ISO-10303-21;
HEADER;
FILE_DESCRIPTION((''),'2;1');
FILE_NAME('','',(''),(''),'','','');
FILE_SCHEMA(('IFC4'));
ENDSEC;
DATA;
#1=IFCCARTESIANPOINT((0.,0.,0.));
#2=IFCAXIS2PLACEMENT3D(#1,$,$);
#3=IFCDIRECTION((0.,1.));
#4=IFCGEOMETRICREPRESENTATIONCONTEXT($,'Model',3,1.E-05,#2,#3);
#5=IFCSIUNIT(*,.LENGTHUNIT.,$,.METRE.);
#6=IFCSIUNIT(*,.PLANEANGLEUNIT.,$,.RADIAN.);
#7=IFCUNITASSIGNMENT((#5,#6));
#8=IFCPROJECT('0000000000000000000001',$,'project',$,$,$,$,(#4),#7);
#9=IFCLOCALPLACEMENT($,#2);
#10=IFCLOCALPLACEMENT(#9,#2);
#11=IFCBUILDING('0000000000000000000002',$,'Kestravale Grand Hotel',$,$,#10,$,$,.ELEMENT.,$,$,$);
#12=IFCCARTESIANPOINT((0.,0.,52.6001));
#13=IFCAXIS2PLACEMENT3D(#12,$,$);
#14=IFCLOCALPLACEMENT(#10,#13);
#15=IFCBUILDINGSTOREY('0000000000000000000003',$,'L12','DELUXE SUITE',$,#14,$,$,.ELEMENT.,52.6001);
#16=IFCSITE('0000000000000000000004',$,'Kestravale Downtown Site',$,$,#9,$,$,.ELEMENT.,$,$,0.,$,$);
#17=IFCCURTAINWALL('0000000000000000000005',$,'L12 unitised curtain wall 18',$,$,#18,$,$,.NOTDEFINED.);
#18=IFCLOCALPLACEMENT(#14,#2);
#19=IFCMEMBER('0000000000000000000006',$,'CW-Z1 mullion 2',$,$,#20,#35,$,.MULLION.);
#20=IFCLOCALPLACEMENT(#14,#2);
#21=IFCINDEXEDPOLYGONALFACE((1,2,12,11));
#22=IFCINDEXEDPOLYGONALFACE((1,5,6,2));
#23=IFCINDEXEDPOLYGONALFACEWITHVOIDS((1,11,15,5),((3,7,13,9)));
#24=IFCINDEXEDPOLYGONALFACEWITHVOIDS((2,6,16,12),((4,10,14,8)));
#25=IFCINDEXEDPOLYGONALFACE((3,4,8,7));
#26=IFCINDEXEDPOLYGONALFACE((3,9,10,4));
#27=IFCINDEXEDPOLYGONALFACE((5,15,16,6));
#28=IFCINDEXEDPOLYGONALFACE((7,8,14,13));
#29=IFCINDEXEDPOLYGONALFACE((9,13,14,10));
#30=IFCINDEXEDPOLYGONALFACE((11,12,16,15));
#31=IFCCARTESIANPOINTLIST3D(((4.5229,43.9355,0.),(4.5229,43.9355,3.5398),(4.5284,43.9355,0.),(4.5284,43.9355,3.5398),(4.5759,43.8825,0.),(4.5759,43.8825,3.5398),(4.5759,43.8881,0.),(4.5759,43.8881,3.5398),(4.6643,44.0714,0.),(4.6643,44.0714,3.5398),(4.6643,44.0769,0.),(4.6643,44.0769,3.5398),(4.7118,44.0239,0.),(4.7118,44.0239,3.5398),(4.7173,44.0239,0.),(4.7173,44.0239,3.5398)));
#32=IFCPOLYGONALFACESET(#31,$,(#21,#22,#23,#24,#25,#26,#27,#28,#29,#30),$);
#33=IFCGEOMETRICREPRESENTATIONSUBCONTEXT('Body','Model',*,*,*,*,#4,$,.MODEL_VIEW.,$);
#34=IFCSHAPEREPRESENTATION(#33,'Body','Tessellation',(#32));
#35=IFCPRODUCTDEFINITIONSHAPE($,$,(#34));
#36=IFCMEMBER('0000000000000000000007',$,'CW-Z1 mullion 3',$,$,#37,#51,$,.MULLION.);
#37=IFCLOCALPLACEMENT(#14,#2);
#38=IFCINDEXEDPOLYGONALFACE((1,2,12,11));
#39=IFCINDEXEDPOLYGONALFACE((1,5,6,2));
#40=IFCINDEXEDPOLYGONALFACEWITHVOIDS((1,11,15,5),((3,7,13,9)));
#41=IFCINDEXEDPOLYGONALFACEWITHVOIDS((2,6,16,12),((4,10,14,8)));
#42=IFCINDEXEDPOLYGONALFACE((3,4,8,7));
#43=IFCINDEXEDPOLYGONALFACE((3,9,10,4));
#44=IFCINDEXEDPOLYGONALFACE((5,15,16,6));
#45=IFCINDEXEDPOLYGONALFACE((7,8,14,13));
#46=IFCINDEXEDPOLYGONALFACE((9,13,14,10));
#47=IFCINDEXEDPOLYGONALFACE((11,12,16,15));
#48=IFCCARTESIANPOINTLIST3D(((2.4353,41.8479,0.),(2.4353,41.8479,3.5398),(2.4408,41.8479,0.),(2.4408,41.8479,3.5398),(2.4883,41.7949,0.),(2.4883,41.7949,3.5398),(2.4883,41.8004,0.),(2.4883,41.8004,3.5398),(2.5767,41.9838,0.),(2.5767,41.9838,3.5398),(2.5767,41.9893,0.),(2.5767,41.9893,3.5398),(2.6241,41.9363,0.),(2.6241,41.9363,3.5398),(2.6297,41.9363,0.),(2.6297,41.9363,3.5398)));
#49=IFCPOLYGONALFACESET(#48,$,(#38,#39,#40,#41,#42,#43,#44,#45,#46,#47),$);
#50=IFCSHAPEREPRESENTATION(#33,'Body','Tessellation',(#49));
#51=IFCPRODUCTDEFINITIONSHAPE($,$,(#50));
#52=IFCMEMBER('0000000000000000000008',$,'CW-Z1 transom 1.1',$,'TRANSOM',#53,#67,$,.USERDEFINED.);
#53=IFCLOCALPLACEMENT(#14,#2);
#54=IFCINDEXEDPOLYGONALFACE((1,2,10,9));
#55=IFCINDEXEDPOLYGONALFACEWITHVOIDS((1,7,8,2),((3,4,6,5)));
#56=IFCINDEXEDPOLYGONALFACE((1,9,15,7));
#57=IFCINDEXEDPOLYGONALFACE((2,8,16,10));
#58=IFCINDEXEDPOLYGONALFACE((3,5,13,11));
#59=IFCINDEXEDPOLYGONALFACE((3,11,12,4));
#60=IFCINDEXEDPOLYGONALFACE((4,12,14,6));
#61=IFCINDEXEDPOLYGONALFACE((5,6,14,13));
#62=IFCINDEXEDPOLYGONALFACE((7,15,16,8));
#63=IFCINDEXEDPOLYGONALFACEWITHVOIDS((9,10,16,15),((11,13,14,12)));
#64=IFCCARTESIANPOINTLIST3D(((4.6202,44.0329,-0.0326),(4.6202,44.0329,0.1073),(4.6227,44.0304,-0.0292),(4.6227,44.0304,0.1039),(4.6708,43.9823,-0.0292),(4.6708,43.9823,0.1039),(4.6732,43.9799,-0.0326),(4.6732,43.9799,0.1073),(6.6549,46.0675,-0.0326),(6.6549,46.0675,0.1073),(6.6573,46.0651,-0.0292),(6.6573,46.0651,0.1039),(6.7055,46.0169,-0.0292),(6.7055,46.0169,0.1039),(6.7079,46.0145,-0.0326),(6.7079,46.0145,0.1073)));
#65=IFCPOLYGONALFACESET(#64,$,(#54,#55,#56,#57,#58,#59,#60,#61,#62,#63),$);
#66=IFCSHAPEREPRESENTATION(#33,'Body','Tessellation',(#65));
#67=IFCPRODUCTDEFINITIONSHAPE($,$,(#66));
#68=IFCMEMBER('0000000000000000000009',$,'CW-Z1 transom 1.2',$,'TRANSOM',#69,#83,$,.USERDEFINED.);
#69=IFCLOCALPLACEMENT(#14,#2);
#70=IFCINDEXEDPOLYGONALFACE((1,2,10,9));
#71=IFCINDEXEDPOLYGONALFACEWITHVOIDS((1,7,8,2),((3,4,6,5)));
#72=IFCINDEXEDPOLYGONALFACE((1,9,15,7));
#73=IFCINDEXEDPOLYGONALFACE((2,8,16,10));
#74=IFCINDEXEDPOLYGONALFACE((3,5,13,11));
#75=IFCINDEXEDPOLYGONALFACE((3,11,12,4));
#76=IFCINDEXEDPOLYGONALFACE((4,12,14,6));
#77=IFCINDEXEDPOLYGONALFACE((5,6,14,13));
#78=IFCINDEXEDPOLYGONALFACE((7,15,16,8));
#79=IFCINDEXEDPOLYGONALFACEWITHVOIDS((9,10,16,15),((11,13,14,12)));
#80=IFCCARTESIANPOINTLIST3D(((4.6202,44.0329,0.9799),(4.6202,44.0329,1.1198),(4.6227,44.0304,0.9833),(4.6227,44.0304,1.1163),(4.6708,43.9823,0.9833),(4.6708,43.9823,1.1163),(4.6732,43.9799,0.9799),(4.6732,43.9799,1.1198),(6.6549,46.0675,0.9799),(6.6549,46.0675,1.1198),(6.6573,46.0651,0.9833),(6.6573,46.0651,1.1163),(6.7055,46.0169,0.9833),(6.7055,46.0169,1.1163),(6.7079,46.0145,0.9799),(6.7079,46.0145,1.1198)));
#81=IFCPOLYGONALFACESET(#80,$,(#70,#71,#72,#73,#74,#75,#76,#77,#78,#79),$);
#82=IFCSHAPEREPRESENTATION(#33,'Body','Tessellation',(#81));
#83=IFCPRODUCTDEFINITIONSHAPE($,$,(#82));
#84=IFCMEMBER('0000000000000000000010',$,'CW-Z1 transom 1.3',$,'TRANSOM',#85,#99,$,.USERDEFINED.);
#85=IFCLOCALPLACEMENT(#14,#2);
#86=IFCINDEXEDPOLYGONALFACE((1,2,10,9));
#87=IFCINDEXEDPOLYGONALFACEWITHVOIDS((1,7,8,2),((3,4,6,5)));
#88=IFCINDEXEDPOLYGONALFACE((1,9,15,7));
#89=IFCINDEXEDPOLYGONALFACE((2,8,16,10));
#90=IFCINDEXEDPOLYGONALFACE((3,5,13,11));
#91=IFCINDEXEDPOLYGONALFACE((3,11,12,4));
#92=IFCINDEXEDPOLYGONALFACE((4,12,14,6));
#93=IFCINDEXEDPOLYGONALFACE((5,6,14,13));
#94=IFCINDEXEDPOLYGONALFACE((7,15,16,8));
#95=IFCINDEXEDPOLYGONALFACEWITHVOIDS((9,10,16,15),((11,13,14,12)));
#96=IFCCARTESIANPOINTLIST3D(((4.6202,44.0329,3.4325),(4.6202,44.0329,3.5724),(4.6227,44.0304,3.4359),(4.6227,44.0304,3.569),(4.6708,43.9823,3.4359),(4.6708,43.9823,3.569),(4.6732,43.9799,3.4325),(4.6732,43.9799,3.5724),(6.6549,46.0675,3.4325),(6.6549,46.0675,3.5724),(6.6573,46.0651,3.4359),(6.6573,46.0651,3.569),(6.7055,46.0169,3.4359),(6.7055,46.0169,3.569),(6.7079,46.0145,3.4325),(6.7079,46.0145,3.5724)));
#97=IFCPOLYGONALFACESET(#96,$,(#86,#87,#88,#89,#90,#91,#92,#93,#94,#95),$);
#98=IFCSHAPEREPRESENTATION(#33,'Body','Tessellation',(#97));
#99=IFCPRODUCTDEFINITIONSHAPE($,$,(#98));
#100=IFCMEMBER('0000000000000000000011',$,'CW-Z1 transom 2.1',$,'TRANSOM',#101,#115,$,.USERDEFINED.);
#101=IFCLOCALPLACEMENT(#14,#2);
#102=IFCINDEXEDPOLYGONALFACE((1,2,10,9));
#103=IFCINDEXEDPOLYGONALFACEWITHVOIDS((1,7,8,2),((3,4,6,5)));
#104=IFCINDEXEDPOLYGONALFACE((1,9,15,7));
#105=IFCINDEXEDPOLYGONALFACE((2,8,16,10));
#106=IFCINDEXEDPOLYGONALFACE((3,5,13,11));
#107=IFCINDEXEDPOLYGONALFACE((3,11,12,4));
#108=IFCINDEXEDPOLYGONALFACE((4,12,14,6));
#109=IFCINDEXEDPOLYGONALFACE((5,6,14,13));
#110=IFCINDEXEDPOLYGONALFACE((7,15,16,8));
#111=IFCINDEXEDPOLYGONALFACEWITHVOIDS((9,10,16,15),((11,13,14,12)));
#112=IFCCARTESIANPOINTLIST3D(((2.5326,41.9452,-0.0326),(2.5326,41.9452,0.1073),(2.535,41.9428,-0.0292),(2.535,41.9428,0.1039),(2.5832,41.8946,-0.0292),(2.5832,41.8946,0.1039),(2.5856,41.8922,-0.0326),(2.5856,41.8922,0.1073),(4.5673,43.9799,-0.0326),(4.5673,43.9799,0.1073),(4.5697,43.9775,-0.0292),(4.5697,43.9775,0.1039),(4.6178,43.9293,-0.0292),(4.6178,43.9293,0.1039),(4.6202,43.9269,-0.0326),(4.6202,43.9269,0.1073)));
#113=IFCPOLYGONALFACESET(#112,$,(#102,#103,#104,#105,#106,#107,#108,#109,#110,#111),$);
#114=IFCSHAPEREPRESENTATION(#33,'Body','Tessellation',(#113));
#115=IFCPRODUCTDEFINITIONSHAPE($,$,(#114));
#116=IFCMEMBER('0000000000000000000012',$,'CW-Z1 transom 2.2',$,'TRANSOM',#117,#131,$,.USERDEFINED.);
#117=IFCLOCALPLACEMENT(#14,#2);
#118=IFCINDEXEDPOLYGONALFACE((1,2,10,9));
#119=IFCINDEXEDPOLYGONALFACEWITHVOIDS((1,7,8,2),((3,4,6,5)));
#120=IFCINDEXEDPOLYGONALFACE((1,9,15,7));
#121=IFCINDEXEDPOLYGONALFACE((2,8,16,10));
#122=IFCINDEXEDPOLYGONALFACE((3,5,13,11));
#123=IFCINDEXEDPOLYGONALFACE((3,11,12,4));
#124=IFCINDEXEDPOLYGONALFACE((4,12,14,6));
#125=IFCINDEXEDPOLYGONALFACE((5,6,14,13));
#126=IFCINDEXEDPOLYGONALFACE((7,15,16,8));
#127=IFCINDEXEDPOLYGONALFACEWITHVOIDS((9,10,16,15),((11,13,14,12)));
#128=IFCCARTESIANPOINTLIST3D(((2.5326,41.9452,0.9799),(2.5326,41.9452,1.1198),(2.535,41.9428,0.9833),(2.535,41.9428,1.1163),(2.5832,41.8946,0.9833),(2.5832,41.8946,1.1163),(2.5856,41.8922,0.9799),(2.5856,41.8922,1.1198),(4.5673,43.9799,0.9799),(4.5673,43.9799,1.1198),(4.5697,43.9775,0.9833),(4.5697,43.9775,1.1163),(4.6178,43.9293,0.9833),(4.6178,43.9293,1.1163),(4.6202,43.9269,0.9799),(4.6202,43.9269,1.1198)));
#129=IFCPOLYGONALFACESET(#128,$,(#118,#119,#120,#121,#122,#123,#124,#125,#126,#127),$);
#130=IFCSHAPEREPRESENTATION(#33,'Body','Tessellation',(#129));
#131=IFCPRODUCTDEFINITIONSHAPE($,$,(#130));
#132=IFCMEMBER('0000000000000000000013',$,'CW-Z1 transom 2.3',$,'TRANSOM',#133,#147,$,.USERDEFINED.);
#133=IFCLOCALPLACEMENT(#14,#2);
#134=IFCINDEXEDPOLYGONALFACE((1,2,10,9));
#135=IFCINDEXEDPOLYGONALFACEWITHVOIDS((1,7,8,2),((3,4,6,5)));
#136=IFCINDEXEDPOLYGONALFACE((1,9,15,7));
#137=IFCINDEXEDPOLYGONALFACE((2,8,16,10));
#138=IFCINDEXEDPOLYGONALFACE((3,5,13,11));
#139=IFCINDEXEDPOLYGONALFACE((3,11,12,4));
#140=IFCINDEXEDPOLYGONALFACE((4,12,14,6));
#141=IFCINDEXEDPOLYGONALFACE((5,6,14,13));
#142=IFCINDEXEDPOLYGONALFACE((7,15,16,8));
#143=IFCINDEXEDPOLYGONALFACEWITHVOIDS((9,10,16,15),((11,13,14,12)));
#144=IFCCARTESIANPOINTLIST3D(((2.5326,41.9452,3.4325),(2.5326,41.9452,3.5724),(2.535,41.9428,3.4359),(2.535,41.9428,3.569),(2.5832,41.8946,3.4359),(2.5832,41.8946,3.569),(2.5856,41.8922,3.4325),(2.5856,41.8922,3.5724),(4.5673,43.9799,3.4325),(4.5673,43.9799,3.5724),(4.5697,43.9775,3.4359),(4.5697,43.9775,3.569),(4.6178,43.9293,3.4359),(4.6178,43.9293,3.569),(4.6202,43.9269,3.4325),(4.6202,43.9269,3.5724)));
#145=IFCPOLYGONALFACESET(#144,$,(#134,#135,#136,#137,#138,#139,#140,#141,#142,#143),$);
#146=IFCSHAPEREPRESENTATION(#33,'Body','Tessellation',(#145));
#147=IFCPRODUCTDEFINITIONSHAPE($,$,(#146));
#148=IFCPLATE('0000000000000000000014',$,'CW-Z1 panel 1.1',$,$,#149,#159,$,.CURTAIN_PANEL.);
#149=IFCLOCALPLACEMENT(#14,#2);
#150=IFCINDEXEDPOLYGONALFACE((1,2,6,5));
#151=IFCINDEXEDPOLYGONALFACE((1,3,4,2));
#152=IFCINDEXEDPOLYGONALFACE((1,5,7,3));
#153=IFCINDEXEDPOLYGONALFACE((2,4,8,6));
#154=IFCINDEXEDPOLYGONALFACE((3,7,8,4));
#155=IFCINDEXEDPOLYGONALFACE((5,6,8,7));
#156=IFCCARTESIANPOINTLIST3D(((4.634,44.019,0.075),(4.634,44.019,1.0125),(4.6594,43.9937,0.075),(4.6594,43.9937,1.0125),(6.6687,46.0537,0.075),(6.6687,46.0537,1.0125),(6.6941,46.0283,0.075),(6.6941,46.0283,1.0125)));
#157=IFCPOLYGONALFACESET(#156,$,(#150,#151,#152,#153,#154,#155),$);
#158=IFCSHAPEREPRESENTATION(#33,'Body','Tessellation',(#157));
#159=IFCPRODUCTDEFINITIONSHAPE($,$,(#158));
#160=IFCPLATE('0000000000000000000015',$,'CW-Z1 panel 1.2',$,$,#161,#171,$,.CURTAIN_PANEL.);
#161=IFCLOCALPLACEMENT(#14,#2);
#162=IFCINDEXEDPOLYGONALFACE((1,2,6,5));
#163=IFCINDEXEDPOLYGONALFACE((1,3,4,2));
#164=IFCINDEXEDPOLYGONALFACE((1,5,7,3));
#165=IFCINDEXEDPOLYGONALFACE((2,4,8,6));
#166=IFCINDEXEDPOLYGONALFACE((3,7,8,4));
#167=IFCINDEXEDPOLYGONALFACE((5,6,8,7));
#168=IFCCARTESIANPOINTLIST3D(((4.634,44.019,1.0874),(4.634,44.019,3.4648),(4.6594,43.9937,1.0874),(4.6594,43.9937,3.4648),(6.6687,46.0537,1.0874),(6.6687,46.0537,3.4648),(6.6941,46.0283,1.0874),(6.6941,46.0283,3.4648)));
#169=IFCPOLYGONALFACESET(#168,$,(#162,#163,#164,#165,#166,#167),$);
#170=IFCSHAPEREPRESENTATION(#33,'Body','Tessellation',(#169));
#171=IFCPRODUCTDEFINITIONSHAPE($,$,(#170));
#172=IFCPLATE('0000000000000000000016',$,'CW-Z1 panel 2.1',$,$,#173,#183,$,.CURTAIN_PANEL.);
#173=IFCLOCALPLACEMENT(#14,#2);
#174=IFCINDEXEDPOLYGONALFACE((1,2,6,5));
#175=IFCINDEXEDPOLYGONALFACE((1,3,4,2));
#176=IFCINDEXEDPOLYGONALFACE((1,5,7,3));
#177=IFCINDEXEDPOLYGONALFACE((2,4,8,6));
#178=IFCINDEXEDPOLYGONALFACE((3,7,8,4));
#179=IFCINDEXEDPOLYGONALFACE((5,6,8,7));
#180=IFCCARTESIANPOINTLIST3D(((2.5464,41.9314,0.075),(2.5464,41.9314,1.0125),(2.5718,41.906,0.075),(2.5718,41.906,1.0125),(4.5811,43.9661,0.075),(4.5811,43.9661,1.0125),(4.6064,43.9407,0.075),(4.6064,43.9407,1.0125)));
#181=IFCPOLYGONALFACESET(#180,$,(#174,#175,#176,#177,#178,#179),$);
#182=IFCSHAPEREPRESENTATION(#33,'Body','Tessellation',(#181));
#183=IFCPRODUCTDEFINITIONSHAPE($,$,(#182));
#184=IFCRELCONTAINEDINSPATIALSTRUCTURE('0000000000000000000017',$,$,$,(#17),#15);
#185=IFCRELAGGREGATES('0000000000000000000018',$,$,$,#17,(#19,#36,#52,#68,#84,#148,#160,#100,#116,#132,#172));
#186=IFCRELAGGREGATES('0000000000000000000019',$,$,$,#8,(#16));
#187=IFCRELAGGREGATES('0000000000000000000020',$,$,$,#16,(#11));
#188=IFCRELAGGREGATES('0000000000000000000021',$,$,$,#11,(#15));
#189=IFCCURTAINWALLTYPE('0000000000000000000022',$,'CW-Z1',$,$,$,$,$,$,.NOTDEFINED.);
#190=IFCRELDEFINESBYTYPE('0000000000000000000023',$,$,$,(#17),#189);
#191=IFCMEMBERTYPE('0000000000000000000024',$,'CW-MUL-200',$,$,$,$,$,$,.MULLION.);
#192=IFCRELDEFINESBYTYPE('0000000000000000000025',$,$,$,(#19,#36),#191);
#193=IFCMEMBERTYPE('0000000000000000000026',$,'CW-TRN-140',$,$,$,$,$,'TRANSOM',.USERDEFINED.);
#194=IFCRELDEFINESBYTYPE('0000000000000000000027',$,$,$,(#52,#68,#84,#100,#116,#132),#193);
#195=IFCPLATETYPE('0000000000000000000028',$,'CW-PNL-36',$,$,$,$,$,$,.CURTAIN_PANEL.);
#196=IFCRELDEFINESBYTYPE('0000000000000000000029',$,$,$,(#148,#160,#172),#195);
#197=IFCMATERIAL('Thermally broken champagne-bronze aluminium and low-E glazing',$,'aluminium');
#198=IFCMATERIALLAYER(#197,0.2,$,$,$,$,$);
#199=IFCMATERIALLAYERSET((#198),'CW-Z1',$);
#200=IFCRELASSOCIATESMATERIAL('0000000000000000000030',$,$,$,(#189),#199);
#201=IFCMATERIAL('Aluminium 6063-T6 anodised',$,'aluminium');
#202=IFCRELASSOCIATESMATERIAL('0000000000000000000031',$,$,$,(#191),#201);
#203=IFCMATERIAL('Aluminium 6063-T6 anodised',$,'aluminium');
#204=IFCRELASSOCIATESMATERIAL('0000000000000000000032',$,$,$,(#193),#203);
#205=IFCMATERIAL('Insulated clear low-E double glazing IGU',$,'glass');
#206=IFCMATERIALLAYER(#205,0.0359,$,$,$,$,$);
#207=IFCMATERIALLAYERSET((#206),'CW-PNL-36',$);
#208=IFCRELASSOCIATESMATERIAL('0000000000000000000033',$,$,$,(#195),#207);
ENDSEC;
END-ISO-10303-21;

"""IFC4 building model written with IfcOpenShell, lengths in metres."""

from ifc_helpers import new_model, si_unit, direction, frame, origin, origin_2d, place, context, subcontext, project, spatial, rectangle, hollow_rectangle, extrude, material, layer, layer_set, material_profile, profile_set, type_object, element, aggregate, save


model = new_model("IFC4")

# Units and contexts
model_context = context("Model", 3, precision=1e-05, world=origin(), true_north=direction((0.0, 1.0)))
body_context = subcontext(model_context, "Body", "Model", "MODEL_VIEW")
ifc_project = project(units=[si_unit("LENGTHUNIT", "METRE"), si_unit("PLANEANGLEUNIT", "RADIAN")], contexts=[model_context])

# Site, building, storey
site_placement = place(None, origin())
site = spatial("IfcSite", under=ifc_project, at=site_placement, Name="Kestravale Downtown Site", CompositionType="ELEMENT", RefElevation=0.0)
building_placement = place(site_placement, origin())
building = spatial("IfcBuilding", under=site, at=building_placement, Name="Kestravale Grand Hotel", CompositionType="ELEMENT")
storey_placement = place(building_placement, frame((0.0, 0.0, 52.6001)))
storey = spatial("IfcBuildingStorey", under=building, at=storey_placement, Name="L12", Description="DELUXE SUITE", CompositionType="ELEMENT", Elevation=52.6001)

# Curtain wall, members, plates
ifc_material_1 = material(Name="Thermally broken champagne-bronze aluminium and low-E glazing", Category="aluminium")
ifc_layer_1 = layer(ifc_material_1, 0.2)
ifc_layer_set_1 = layer_set([ifc_layer_1], Name="CW-Z1")
curtain_wall_type = type_object("IfcCurtainWallType", Name="CW-Z1", PredefinedType="NOTDEFINED", material=ifc_layer_set_1)
curtain_wall_placement = place(storey_placement, origin())
curtain_wall = element("IfcCurtainWall", 1, at=curtain_wall_placement, inside=storey, type_object=curtain_wall_type, Name="L12 unitised curtain wall 18", PredefinedType="NOTDEFINED")
ifc_material_2 = material(Name="Aluminium 6063-T6 anodised", Category="aluminium")
ifc_material_profile_1 = material_profile(ifc_material_2, hollow_rectangle(XDim=0.075, YDim=0.2, WallThickness=0.0039, at=origin_2d()))
ifc_profile_set_1 = profile_set([ifc_material_profile_1], Name="Aluminium 6063-T6 anodised")
member_type_1 = type_object("IfcMemberType", Name="CW-MUL-200", PredefinedType="MULLION", material=ifc_profile_set_1)
member_1_placement = place(storey_placement, frame((4.6201, 43.9797, 0.0), z_axis=(0.0, 0.0, 1.0), x_axis=(0.707107, -0.707107, 0.0)))
member_1 = element("IfcMember", 2, at=member_1_placement, type_object=member_type_1, Name="CW-Z1 mullion 2", PredefinedType="MULLION", context=body_context, shape_type="SweptSolid", body=[
    extrude(hollow_rectangle(XDim=0.075, YDim=0.2, WallThickness=0.0039, at=origin_2d()), origin(), (0.0, 0.0, 1.0), 3.5398),
])
member_2_placement = place(storey_placement, frame((2.5325, 41.8921, 0.0), z_axis=(0.0, 0.0, 1.0), x_axis=(0.707107, -0.707107, 0.0)))
member_2 = element("IfcMember", 3, at=member_2_placement, type_object=member_type_1, Name="CW-Z1 mullion 3", PredefinedType="MULLION", context=body_context, shape_type="SweptSolid", body=[
    extrude(hollow_rectangle(XDim=0.075, YDim=0.2, WallThickness=0.0039, at=origin_2d()), origin(), (0.0, 0.0, 1.0), 3.5398),
])
ifc_material_3 = material(Name="Aluminium 6063-T6 anodised", Category="aluminium")
ifc_material_profile_2 = material_profile(ifc_material_3, hollow_rectangle(XDim=0.075, YDim=0.1399, WallThickness=0.0034, at=origin_2d()))
ifc_profile_set_2 = profile_set([ifc_material_profile_2], Name="Aluminium 6063-T6 anodised")
member_type_2 = type_object("IfcMemberType", Name="CW-TRN-140", ElementType="TRANSOM", PredefinedType="USERDEFINED", material=ifc_profile_set_2)
member_3_placement = place(storey_placement, frame((6.6814, 46.041, 0.0374), z_axis=(-0.707107, -0.707107, 0.0), x_axis=(0.707107, -0.707107, 0.0)))
member_3 = element("IfcMember", 4, at=member_3_placement, type_object=member_type_2, Name="CW-Z1 transom 1.1", ObjectType="TRANSOM", PredefinedType="USERDEFINED", context=body_context, shape_type="SweptSolid", body=[
    extrude(hollow_rectangle(XDim=0.075, YDim=0.1399, WallThickness=0.0034, at=origin_2d()), origin(), (0.0, 0.0, 1.0), 2.8774),
])
member_4_placement = place(storey_placement, frame((6.6814, 46.041, 1.0498), z_axis=(-0.707107, -0.707107, 0.0), x_axis=(0.707107, -0.707107, 0.0)))
member_4 = element("IfcMember", 5, at=member_4_placement, type_object=member_type_2, Name="CW-Z1 transom 1.2", ObjectType="TRANSOM", PredefinedType="USERDEFINED", context=body_context, shape_type="SweptSolid", body=[
    extrude(hollow_rectangle(XDim=0.075, YDim=0.1399, WallThickness=0.0034, at=origin_2d()), origin(), (0.0, 0.0, 1.0), 2.8774),
])
member_5_placement = place(storey_placement, frame((6.6814, 46.041, 3.5024), z_axis=(-0.707107, -0.707107, 0.0), x_axis=(0.707107, -0.707107, 0.0)))
member_5 = element("IfcMember", 6, at=member_5_placement, type_object=member_type_2, Name="CW-Z1 transom 1.3", ObjectType="TRANSOM", PredefinedType="USERDEFINED", context=body_context, shape_type="SweptSolid", body=[
    extrude(hollow_rectangle(XDim=0.075, YDim=0.1399, WallThickness=0.0034, at=origin_2d()), origin(), (0.0, 0.0, 1.0), 2.8774),
])
member_6_placement = place(storey_placement, frame((4.5938, 43.9534, 0.0374), z_axis=(-0.707107, -0.707107, 0.0), x_axis=(0.707107, -0.707107, 0.0)))
member_6 = element("IfcMember", 7, at=member_6_placement, type_object=member_type_2, Name="CW-Z1 transom 2.1", ObjectType="TRANSOM", PredefinedType="USERDEFINED", context=body_context, shape_type="SweptSolid", body=[
    extrude(hollow_rectangle(XDim=0.075, YDim=0.1399, WallThickness=0.0034, at=origin_2d()), origin(), (0.0, 0.0, 1.0), 2.8774),
])
member_7_placement = place(storey_placement, frame((4.5938, 43.9534, 1.0498), z_axis=(-0.707107, -0.707107, 0.0), x_axis=(0.707107, -0.707107, 0.0)))
member_7 = element("IfcMember", 8, at=member_7_placement, type_object=member_type_2, Name="CW-Z1 transom 2.2", ObjectType="TRANSOM", PredefinedType="USERDEFINED", context=body_context, shape_type="SweptSolid", body=[
    extrude(hollow_rectangle(XDim=0.075, YDim=0.1399, WallThickness=0.0034, at=origin_2d()), origin(), (0.0, 0.0, 1.0), 2.8774),
])
member_8_placement = place(storey_placement, frame((4.5938, 43.9534, 3.5024), z_axis=(-0.707107, -0.707107, 0.0), x_axis=(0.707107, -0.707107, 0.0)))
member_8 = element("IfcMember", 9, at=member_8_placement, type_object=member_type_2, Name="CW-Z1 transom 2.3", ObjectType="TRANSOM", PredefinedType="USERDEFINED", context=body_context, shape_type="SweptSolid", body=[
    extrude(hollow_rectangle(XDim=0.075, YDim=0.1399, WallThickness=0.0034, at=origin_2d()), origin(), (0.0, 0.0, 1.0), 2.8774),
])
ifc_material_4 = material(Name="Insulated clear low-E double glazing IGU", Category="glass")
ifc_layer_2 = layer(ifc_material_4, 0.0359)
ifc_layer_set_2 = layer_set([ifc_layer_2], Name="CW-PNL-36")
plate_type = type_object("IfcPlateType", Name="CW-PNL-36", PredefinedType="CURTAIN_PANEL", material=ifc_layer_set_2)
plate_1_placement = place(storey_placement, frame((5.6641, 45.0237, 0.075), z_axis=(0.0, 0.0, 1.0), x_axis=(-0.707107, -0.707107, 0.0)))
plate_1 = element("IfcPlate", 10, at=plate_1_placement, type_object=plate_type, Name="CW-Z1 panel 1.1", PredefinedType="CURTAIN_PANEL", context=body_context, shape_type="SweptSolid", body=[
    extrude(rectangle(XDim=2.8774, YDim=0.0359, at=origin_2d()), origin(), (0.0, 0.0, 1.0), 0.9375),
])
plate_2_placement = place(storey_placement, frame((5.6641, 45.0237, 1.0874), z_axis=(0.0, 0.0, 1.0), x_axis=(-0.707107, -0.707107, 0.0)))
plate_2 = element("IfcPlate", 11, at=plate_2_placement, type_object=plate_type, Name="CW-Z1 panel 1.2", PredefinedType="CURTAIN_PANEL", context=body_context, shape_type="SweptSolid", body=[
    extrude(rectangle(XDim=2.8774, YDim=0.0359, at=origin_2d()), origin(), (0.0, 0.0, 1.0), 2.3774),
])
plate_3_placement = place(storey_placement, frame((3.5764, 42.936, 0.075), z_axis=(0.0, 0.0, 1.0), x_axis=(-0.707107, -0.707107, 0.0)))
plate_3 = element("IfcPlate", 12, at=plate_3_placement, type_object=plate_type, Name="CW-Z1 panel 2.1", PredefinedType="CURTAIN_PANEL", context=body_context, shape_type="SweptSolid", body=[
    extrude(rectangle(XDim=2.8774, YDim=0.0359, at=origin_2d()), origin(), (0.0, 0.0, 1.0), 0.9375),
])
aggregate(curtain_wall, [member_1, member_2, member_3, member_4, member_5, plate_1, plate_2, member_6, member_7, member_8, plate_3])

save(model, "model.ifc")
